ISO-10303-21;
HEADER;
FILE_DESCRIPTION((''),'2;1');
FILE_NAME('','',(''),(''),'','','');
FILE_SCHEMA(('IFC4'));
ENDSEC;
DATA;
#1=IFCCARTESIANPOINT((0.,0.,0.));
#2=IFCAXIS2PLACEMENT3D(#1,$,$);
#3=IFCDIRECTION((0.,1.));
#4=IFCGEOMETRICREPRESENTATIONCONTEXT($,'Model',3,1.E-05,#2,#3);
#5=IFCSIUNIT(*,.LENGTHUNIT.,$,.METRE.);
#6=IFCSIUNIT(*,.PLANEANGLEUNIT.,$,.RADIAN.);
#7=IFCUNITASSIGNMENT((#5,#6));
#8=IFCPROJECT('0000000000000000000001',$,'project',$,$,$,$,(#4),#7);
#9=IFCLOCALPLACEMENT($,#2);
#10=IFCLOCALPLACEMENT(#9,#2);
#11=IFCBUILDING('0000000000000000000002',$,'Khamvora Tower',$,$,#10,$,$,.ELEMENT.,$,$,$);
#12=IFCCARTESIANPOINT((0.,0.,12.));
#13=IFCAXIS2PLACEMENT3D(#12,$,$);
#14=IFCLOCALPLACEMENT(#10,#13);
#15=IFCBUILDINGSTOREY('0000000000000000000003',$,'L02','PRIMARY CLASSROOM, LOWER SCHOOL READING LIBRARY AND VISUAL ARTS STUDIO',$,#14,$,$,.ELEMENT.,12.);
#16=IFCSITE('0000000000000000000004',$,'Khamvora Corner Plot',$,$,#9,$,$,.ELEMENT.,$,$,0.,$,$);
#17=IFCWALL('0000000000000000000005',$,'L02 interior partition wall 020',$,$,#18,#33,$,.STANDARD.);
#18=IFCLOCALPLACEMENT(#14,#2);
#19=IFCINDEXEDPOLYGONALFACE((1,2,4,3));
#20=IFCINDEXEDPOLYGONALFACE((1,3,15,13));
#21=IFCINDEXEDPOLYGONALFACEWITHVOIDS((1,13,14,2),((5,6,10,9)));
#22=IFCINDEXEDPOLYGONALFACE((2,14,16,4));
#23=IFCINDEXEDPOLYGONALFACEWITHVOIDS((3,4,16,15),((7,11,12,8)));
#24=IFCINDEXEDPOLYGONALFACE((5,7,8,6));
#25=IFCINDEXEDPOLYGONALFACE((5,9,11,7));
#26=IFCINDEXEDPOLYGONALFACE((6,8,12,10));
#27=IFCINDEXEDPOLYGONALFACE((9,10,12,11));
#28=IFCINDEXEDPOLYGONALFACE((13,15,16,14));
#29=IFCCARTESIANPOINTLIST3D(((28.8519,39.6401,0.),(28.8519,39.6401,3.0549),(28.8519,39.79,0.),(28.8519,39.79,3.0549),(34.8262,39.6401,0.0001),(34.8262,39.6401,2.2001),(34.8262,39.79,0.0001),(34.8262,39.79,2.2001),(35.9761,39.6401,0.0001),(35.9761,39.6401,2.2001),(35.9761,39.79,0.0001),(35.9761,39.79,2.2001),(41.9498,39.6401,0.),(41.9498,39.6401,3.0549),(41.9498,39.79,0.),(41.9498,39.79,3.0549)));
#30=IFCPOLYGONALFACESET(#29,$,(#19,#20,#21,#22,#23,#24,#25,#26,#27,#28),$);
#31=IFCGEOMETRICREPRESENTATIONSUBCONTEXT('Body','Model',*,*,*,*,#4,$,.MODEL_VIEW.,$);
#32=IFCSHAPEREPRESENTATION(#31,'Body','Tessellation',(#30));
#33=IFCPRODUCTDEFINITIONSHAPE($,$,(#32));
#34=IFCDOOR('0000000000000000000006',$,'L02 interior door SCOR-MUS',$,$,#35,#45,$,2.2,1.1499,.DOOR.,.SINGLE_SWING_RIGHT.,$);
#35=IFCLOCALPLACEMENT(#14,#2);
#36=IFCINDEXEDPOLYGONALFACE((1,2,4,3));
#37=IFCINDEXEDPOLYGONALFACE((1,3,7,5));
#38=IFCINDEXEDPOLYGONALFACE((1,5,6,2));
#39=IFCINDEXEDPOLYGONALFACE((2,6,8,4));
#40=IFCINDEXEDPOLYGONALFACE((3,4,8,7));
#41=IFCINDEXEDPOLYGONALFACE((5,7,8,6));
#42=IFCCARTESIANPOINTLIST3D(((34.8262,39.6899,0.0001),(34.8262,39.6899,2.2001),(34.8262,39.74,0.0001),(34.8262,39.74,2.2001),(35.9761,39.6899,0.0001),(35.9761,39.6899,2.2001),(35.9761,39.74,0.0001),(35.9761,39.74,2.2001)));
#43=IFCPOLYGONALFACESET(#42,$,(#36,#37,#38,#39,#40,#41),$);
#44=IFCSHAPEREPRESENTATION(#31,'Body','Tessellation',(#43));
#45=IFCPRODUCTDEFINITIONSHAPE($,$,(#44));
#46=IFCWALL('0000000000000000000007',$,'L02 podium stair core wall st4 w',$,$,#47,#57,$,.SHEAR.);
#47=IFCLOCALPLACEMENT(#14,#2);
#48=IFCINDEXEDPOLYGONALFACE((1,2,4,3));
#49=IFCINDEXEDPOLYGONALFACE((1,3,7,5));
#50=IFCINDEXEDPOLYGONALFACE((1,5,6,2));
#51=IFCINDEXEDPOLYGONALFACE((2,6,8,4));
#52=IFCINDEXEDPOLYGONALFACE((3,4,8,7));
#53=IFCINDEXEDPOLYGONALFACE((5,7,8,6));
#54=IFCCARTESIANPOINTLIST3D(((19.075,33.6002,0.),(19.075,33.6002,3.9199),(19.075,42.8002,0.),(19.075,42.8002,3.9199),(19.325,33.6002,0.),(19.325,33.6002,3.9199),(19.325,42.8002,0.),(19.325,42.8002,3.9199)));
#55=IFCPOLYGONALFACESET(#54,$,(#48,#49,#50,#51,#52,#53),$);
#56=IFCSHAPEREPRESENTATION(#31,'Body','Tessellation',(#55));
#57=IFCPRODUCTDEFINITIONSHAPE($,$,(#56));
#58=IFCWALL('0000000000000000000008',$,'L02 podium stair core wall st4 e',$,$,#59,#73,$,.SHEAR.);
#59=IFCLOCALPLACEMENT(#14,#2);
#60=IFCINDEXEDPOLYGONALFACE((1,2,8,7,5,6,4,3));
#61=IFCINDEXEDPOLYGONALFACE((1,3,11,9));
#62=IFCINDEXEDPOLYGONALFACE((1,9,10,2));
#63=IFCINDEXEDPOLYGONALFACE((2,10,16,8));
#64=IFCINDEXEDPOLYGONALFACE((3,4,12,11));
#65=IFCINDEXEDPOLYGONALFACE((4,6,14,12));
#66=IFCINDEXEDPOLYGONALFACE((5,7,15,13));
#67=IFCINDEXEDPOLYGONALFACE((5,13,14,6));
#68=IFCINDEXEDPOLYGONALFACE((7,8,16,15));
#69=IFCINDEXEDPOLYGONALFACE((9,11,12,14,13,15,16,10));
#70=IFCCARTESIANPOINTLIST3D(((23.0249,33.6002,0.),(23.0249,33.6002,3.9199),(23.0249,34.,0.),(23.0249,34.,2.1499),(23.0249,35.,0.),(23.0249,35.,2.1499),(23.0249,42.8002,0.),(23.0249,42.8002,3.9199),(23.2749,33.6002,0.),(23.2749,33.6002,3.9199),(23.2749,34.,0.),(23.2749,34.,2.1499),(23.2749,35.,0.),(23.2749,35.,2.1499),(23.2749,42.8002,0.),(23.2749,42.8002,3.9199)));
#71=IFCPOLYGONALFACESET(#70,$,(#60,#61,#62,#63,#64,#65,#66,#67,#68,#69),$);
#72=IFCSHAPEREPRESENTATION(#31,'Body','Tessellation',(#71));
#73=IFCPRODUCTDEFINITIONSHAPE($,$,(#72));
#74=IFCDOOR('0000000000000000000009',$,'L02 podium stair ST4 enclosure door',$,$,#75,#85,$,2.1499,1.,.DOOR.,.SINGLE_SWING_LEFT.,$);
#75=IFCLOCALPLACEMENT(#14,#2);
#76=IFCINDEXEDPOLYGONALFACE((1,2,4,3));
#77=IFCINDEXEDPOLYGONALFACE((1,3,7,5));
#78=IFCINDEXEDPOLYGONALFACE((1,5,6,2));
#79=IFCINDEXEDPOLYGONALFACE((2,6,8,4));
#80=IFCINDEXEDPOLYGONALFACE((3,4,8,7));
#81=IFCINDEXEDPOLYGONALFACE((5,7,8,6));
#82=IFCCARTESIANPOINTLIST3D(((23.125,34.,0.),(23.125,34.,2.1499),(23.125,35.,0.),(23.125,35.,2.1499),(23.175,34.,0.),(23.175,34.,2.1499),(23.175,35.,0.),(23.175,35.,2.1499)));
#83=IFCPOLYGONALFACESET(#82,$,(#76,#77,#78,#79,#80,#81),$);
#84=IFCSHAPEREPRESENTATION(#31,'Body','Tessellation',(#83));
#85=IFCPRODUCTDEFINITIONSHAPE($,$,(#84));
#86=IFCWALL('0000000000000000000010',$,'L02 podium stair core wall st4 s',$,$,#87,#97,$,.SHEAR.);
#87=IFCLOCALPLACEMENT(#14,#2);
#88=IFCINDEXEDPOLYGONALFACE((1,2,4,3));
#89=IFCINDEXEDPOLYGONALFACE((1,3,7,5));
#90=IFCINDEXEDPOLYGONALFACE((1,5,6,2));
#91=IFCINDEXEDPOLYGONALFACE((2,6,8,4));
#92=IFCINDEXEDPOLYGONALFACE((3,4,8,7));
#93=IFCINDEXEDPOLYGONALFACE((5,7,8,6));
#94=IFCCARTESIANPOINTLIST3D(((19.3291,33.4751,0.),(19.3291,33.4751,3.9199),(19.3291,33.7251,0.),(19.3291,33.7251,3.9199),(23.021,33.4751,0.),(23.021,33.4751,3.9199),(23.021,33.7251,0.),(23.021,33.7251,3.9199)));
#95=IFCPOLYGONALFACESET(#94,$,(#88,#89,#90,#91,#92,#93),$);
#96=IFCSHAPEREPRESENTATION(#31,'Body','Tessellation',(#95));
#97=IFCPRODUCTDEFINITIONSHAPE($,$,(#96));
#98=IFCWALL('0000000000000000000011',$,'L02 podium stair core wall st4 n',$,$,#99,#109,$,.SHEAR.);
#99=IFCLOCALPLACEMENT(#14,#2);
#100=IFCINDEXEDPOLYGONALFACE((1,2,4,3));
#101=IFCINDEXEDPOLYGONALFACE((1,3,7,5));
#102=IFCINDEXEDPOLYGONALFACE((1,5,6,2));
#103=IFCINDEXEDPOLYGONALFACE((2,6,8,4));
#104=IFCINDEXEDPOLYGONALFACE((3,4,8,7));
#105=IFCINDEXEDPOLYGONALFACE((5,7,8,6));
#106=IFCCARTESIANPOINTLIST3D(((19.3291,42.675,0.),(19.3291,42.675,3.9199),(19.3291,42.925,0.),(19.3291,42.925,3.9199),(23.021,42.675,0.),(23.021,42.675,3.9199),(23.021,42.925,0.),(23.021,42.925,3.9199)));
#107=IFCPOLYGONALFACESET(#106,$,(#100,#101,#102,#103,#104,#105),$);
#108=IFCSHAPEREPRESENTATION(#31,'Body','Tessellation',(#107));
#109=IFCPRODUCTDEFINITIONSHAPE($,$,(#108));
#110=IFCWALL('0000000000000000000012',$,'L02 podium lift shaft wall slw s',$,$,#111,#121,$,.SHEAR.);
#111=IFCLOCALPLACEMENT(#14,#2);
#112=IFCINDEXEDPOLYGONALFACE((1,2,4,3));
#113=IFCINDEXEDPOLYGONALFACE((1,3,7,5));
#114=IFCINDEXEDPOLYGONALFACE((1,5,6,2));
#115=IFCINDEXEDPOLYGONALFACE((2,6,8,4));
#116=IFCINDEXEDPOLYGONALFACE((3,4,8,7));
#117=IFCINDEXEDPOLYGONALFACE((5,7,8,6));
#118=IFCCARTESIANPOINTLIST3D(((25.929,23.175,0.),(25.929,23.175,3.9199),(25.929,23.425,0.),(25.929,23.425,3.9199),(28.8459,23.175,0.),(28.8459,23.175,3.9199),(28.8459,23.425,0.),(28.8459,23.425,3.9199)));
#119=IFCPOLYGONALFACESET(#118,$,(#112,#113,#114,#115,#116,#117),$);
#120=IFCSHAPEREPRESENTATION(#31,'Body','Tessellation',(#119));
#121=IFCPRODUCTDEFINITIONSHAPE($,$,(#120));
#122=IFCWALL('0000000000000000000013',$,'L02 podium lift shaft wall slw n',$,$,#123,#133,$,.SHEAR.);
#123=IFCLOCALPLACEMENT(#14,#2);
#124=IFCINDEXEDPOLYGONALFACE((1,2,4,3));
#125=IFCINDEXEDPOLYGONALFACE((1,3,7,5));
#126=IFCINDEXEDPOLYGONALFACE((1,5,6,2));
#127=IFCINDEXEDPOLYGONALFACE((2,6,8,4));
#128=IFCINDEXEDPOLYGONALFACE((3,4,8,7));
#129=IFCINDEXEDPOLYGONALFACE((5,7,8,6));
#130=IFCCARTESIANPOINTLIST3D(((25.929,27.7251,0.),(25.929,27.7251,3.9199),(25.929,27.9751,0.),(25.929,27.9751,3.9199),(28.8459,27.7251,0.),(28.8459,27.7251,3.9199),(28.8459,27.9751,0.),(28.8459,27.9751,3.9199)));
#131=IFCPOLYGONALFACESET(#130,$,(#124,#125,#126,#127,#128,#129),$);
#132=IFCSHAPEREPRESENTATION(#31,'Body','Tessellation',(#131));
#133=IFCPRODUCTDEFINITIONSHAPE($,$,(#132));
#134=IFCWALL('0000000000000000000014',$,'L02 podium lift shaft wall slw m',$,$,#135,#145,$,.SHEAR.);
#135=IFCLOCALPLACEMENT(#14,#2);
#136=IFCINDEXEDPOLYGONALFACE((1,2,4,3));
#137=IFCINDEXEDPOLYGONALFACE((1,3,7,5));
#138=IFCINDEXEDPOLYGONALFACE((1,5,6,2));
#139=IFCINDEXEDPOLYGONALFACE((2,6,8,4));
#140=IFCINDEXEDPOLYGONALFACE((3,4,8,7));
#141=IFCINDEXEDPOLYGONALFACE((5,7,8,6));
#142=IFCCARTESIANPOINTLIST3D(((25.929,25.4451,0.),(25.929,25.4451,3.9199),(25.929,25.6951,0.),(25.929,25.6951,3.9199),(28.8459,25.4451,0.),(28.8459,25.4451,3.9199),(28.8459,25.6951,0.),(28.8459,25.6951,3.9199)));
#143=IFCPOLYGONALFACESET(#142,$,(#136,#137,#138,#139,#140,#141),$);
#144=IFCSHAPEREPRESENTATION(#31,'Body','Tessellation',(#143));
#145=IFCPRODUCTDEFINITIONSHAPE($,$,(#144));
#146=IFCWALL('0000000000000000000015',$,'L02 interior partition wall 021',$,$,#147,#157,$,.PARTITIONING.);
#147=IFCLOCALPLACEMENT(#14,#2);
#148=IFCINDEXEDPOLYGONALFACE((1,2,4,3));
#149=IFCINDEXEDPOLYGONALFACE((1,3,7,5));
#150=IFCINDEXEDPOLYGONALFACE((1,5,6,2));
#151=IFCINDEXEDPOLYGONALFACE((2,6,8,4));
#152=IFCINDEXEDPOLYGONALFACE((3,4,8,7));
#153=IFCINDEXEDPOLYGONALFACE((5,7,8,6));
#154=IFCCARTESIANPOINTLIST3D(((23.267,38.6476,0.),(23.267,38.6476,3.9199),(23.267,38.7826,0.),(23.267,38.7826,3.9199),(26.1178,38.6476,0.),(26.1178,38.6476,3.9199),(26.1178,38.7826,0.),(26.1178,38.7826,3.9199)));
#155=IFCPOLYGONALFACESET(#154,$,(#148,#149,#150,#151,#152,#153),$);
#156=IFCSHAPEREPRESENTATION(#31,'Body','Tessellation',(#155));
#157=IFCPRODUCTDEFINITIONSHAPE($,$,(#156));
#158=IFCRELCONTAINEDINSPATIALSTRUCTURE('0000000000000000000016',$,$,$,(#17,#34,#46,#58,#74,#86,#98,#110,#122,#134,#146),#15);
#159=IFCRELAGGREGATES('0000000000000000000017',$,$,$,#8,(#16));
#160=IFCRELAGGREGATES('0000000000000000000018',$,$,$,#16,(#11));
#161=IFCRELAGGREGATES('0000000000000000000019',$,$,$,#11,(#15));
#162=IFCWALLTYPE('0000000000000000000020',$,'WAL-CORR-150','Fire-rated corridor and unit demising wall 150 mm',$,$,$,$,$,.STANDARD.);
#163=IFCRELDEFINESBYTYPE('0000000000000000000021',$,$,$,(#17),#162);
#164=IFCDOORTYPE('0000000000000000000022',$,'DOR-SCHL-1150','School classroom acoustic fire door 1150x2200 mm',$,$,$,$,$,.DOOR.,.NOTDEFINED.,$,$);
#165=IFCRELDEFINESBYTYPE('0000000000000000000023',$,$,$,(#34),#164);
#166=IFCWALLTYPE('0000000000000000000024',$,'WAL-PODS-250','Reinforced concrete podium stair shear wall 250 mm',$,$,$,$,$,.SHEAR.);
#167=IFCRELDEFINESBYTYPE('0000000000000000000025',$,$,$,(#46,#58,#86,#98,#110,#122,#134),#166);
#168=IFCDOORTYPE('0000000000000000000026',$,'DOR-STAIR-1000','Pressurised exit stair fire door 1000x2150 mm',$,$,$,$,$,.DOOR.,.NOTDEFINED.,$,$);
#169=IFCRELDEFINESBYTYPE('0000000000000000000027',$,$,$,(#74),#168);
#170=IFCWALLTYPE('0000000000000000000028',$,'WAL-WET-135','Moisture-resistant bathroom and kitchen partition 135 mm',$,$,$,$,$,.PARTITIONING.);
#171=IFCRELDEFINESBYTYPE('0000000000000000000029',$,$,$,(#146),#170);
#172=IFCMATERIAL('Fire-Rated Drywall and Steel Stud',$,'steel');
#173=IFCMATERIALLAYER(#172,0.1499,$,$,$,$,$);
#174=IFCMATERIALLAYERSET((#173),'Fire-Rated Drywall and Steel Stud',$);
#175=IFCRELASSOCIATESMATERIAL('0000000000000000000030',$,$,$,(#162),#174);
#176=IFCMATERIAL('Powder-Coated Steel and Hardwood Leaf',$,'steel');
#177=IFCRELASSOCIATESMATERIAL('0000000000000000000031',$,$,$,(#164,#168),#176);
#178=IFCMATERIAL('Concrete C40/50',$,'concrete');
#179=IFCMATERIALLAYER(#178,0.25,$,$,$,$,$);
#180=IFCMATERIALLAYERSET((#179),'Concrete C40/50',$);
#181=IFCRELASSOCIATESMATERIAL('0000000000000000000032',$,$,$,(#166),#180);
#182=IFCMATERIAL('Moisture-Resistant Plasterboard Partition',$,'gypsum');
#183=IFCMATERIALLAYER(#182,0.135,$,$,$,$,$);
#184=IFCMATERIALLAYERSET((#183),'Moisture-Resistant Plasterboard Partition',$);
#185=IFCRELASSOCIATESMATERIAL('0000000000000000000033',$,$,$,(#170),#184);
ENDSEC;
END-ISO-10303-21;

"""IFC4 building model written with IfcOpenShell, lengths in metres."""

from ifc_helpers import new_model, si_unit, direction, frame, frame_2d, origin, place, context, subcontext, project, spatial, rectangle, extrude, material, layer, layer_set, type_object, element, fill, save


model = new_model("IFC4")

# Units and contexts
model_context = context("Model", 3, precision=1e-05, world=origin(), true_north=direction((0.0, 1.0)))
body_context = subcontext(model_context, "Body", "Model", "MODEL_VIEW")
ifc_project = project(units=[si_unit("LENGTHUNIT", "METRE"), si_unit("PLANEANGLEUNIT", "RADIAN")], contexts=[model_context])

# Site, building, storey
site_placement = place(None, origin())
site = spatial("IfcSite", under=ifc_project, at=site_placement, Name="Khamvora Corner Plot", CompositionType="ELEMENT", RefElevation=0.0)
building_placement = place(site_placement, origin())
building = spatial("IfcBuilding", under=site, at=building_placement, Name="Khamvora Tower", CompositionType="ELEMENT")
storey_placement = place(building_placement, frame((0.0, 0.0, 12.0)))
storey = spatial("IfcBuildingStorey", under=building, at=storey_placement, Name="L02", Description="PRIMARY CLASSROOM, LOWER SCHOOL READING LIBRARY AND VISUAL ARTS STUDIO", CompositionType="ELEMENT", Elevation=12.0)

# Shared definitions
ifc_material_1 = material(Name="Fire-Rated Drywall and Steel Stud", Category="steel")
ifc_layer_1 = layer(ifc_material_1, 0.1499)
ifc_layer_set_1 = layer_set([ifc_layer_1], Name="Fire-Rated Drywall and Steel Stud")
wall_type_1 = type_object("IfcWallType", Name="WAL-CORR-150", Description="Fire-rated corridor and unit demising wall 150 mm", PredefinedType="STANDARD", material=ifc_layer_set_1)

# Shared definitions
ifc_material_2 = material(Name="Powder-Coated Steel and Hardwood Leaf", Category="steel")

# Wall, opening, door
wall_1_placement = place(storey_placement, frame((28.8521, 39.7151, 0.0), z_axis=(0.0, 0.0, 1.0), x_axis=(1.0, 0.0, 0.0)))
wall_1 = element("IfcWall", 1, at=wall_1_placement, inside=storey, type_object=wall_type_1, Name="L02 interior partition wall 020", PredefinedType="STANDARD", context=body_context, shape_type="SweptSolid", body=[
    extrude(rectangle(XDim=13.0979, YDim=0.1499, at=frame_2d((6.5488, 0.0))), origin(), (0.0, 0.0, 1.0), 3.0549),
])
opening_1_placement = place(wall_1_placement, frame((5.9741, 0.0, 0.0)))
opening_1 = element("IfcOpeningElement", 2, at=opening_1_placement, cuts=wall_1, PredefinedType="OPENING", context=body_context, shape_type="SweptSolid", body=[
    extrude(rectangle(XDim=1.1499, YDim=2.2, at=frame_2d((0.575, 1.1001))), frame((0.0, 0.085, 0.0), z_axis=(0.0, -1.0, 0.0), x_axis=(1.0, 0.0, 0.0)), (0.0, 0.0, 1.0), 0.1699),
])
door_type_1 = type_object("IfcDoorType", Name="DOR-SCHL-1150", Description="School classroom acoustic fire door 1150x2200 mm", OperationType="NOTDEFINED", PredefinedType="DOOR", material=ifc_material_2)
door_1_placement = place(opening_1_placement, origin())
door_1 = element("IfcDoor", 3, at=door_1_placement, inside=storey, type_object=door_type_1, Name="L02 interior door SCOR-MUS", OperationType="SINGLE_SWING_RIGHT", OverallHeight=2.2, OverallWidth=1.1499, PredefinedType="DOOR", context=body_context, shape_type="SweptSolid", body=[
    extrude(rectangle(XDim=1.1499, YDim=2.2, at=frame_2d((0.575, 1.1001))), frame((0.0, 0.0249, 0.0), z_axis=(0.0, -1.0, 0.0), x_axis=(1.0, 0.0, 0.0)), (0.0, 0.0, 1.0), 0.05),
])
fill(opening_1, door_1)

# Wall
ifc_material_3 = material(Name="Concrete C40/50", Category="concrete")
ifc_layer_2 = layer(ifc_material_3, 0.25)
ifc_layer_set_2 = layer_set([ifc_layer_2], Name="Concrete C40/50")
wall_type_2 = type_object("IfcWallType", Name="WAL-PODS-250", Description="Reinforced concrete podium stair shear wall 250 mm", PredefinedType="SHEAR", material=ifc_layer_set_2)
wall_2_placement = place(storey_placement, frame((19.2, 33.6001, 0.0), z_axis=(0.0, 0.0, 1.0), x_axis=(0.0, 1.0, 0.0)))
element("IfcWall", 4, at=wall_2_placement, inside=storey, type_object=wall_type_2, Name="L02 podium stair core wall st4 w", PredefinedType="SHEAR", context=body_context, shape_type="SweptSolid", body=[
    extrude(rectangle(XDim=9.2, YDim=0.25, at=frame_2d((4.6001, 0.0))), origin(), (0.0, 0.0, 1.0), 3.9199),
])

# Wall, opening, door
wall_3_placement = place(storey_placement, frame((23.1499, 33.6001, 0.0), z_axis=(0.0, 0.0, 1.0), x_axis=(0.0, 1.0, 0.0)))
wall_3 = element("IfcWall", 5, at=wall_3_placement, inside=storey, type_object=wall_type_2, Name="L02 podium stair core wall st4 e", PredefinedType="SHEAR", context=body_context, shape_type="SweptSolid", body=[
    extrude(rectangle(XDim=9.2, YDim=0.25, at=frame_2d((4.6001, 0.0))), origin(), (0.0, 0.0, 1.0), 3.9199),
])
opening_2_placement = place(wall_3_placement, frame((0.3999, 0.0, 0.0)))
opening_2 = element("IfcOpeningElement", 6, at=opening_2_placement, cuts=wall_3, PredefinedType="OPENING", context=body_context, shape_type="SweptSolid", body=[
    extrude(rectangle(XDim=1.0, YDim=2.1499, at=frame_2d((0.5, 1.075))), frame((0.0, 0.135, 0.0), z_axis=(0.0, -1.0, 0.0), x_axis=(1.0, 0.0, 0.0)), (0.0, 0.0, 1.0), 0.27),
])
door_type_2 = type_object("IfcDoorType", Name="DOR-STAIR-1000", Description="Pressurised exit stair fire door 1000x2150 mm", OperationType="NOTDEFINED", PredefinedType="DOOR", material=ifc_material_2)
door_2_placement = place(opening_2_placement, origin())
door_2 = element("IfcDoor", 7, at=door_2_placement, inside=storey, type_object=door_type_2, Name="L02 podium stair ST4 enclosure door", OperationType="SINGLE_SWING_LEFT", OverallHeight=2.1499, OverallWidth=1.0, PredefinedType="DOOR", context=body_context, shape_type="SweptSolid", body=[
    extrude(rectangle(XDim=1.0, YDim=2.1499, at=frame_2d((0.5, 1.075))), frame((0.0, 0.0249, 0.0), z_axis=(0.0, -1.0, 0.0), x_axis=(1.0, 0.0, 0.0)), (0.0, 0.0, 1.0), 0.05),
])
fill(opening_2, door_2)

# Walls
for number, where, z_axis, x_axis, name in (
    (8, (19.3291, 33.6001, 0.0), (0.0, 0.0, 1.0), (1.0, 0.0, 0.0), "L02 podium stair core wall st4 s"),
    (9, (19.3291, 42.8, 0.0), (0.0, 0.0, 1.0), (1.0, 0.0, 0.0), "L02 podium stair core wall st4 n"),
):
    element("IfcWall", number, at=place(storey_placement, frame(where, z_axis=z_axis, x_axis=x_axis)), inside=storey, type_object=wall_type_2, Name=name, PredefinedType="SHEAR", context=body_context, shape_type="SweptSolid", body=[
        extrude(rectangle(XDim=3.6919, YDim=0.25, at=frame_2d((1.8459, 0.0))), origin(), (0.0, 0.0, 1.0), 3.9199),
    ])
for number, where, z_axis, x_axis, name in (
    (10, (25.929, 23.3, 0.0), (0.0, 0.0, 1.0), (1.0, 0.0, 0.0), "L02 podium lift shaft wall slw s"),
    (11, (25.929, 27.8501, 0.0), (0.0, 0.0, 1.0), (1.0, 0.0, 0.0), "L02 podium lift shaft wall slw n"),
    (12, (25.929, 25.5701, 0.0), (0.0, 0.0, 1.0), (1.0, 0.0, 0.0), "L02 podium lift shaft wall slw m"),
):
    element("IfcWall", number, at=place(storey_placement, frame(where, z_axis=z_axis, x_axis=x_axis)), inside=storey, type_object=wall_type_2, Name=name, PredefinedType="SHEAR", context=body_context, shape_type="SweptSolid", body=[
        extrude(rectangle(XDim=2.917, YDim=0.25, at=frame_2d((1.4585, 0.0))), origin(), (0.0, 0.0, 1.0), 3.9199),
    ])
ifc_material_4 = material(Name="Moisture-Resistant Plasterboard Partition", Category="gypsum")
ifc_layer_3 = layer(ifc_material_4, 0.135)
ifc_layer_set_3 = layer_set([ifc_layer_3], Name="Moisture-Resistant Plasterboard Partition")
wall_type_3 = type_object("IfcWallType", Name="WAL-WET-135", Description="Moisture-resistant bathroom and kitchen partition 135 mm", PredefinedType="PARTITIONING", material=ifc_layer_set_3)
wall_4_placement = place(storey_placement, frame((23.2671, 38.7151, 0.0), z_axis=(0.0, 0.0, 1.0), x_axis=(1.0, 0.0, 0.0)))
element("IfcWall", 13, at=wall_4_placement, inside=storey, type_object=wall_type_3, Name="L02 interior partition wall 021", PredefinedType="PARTITIONING", context=body_context, shape_type="SweptSolid", body=[
    extrude(rectangle(XDim=2.8508, YDim=0.135, at=frame_2d((1.4253, 0.0))), origin(), (0.0, 0.0, 1.0), 3.9199),
])

save(model, "model.ifc")
